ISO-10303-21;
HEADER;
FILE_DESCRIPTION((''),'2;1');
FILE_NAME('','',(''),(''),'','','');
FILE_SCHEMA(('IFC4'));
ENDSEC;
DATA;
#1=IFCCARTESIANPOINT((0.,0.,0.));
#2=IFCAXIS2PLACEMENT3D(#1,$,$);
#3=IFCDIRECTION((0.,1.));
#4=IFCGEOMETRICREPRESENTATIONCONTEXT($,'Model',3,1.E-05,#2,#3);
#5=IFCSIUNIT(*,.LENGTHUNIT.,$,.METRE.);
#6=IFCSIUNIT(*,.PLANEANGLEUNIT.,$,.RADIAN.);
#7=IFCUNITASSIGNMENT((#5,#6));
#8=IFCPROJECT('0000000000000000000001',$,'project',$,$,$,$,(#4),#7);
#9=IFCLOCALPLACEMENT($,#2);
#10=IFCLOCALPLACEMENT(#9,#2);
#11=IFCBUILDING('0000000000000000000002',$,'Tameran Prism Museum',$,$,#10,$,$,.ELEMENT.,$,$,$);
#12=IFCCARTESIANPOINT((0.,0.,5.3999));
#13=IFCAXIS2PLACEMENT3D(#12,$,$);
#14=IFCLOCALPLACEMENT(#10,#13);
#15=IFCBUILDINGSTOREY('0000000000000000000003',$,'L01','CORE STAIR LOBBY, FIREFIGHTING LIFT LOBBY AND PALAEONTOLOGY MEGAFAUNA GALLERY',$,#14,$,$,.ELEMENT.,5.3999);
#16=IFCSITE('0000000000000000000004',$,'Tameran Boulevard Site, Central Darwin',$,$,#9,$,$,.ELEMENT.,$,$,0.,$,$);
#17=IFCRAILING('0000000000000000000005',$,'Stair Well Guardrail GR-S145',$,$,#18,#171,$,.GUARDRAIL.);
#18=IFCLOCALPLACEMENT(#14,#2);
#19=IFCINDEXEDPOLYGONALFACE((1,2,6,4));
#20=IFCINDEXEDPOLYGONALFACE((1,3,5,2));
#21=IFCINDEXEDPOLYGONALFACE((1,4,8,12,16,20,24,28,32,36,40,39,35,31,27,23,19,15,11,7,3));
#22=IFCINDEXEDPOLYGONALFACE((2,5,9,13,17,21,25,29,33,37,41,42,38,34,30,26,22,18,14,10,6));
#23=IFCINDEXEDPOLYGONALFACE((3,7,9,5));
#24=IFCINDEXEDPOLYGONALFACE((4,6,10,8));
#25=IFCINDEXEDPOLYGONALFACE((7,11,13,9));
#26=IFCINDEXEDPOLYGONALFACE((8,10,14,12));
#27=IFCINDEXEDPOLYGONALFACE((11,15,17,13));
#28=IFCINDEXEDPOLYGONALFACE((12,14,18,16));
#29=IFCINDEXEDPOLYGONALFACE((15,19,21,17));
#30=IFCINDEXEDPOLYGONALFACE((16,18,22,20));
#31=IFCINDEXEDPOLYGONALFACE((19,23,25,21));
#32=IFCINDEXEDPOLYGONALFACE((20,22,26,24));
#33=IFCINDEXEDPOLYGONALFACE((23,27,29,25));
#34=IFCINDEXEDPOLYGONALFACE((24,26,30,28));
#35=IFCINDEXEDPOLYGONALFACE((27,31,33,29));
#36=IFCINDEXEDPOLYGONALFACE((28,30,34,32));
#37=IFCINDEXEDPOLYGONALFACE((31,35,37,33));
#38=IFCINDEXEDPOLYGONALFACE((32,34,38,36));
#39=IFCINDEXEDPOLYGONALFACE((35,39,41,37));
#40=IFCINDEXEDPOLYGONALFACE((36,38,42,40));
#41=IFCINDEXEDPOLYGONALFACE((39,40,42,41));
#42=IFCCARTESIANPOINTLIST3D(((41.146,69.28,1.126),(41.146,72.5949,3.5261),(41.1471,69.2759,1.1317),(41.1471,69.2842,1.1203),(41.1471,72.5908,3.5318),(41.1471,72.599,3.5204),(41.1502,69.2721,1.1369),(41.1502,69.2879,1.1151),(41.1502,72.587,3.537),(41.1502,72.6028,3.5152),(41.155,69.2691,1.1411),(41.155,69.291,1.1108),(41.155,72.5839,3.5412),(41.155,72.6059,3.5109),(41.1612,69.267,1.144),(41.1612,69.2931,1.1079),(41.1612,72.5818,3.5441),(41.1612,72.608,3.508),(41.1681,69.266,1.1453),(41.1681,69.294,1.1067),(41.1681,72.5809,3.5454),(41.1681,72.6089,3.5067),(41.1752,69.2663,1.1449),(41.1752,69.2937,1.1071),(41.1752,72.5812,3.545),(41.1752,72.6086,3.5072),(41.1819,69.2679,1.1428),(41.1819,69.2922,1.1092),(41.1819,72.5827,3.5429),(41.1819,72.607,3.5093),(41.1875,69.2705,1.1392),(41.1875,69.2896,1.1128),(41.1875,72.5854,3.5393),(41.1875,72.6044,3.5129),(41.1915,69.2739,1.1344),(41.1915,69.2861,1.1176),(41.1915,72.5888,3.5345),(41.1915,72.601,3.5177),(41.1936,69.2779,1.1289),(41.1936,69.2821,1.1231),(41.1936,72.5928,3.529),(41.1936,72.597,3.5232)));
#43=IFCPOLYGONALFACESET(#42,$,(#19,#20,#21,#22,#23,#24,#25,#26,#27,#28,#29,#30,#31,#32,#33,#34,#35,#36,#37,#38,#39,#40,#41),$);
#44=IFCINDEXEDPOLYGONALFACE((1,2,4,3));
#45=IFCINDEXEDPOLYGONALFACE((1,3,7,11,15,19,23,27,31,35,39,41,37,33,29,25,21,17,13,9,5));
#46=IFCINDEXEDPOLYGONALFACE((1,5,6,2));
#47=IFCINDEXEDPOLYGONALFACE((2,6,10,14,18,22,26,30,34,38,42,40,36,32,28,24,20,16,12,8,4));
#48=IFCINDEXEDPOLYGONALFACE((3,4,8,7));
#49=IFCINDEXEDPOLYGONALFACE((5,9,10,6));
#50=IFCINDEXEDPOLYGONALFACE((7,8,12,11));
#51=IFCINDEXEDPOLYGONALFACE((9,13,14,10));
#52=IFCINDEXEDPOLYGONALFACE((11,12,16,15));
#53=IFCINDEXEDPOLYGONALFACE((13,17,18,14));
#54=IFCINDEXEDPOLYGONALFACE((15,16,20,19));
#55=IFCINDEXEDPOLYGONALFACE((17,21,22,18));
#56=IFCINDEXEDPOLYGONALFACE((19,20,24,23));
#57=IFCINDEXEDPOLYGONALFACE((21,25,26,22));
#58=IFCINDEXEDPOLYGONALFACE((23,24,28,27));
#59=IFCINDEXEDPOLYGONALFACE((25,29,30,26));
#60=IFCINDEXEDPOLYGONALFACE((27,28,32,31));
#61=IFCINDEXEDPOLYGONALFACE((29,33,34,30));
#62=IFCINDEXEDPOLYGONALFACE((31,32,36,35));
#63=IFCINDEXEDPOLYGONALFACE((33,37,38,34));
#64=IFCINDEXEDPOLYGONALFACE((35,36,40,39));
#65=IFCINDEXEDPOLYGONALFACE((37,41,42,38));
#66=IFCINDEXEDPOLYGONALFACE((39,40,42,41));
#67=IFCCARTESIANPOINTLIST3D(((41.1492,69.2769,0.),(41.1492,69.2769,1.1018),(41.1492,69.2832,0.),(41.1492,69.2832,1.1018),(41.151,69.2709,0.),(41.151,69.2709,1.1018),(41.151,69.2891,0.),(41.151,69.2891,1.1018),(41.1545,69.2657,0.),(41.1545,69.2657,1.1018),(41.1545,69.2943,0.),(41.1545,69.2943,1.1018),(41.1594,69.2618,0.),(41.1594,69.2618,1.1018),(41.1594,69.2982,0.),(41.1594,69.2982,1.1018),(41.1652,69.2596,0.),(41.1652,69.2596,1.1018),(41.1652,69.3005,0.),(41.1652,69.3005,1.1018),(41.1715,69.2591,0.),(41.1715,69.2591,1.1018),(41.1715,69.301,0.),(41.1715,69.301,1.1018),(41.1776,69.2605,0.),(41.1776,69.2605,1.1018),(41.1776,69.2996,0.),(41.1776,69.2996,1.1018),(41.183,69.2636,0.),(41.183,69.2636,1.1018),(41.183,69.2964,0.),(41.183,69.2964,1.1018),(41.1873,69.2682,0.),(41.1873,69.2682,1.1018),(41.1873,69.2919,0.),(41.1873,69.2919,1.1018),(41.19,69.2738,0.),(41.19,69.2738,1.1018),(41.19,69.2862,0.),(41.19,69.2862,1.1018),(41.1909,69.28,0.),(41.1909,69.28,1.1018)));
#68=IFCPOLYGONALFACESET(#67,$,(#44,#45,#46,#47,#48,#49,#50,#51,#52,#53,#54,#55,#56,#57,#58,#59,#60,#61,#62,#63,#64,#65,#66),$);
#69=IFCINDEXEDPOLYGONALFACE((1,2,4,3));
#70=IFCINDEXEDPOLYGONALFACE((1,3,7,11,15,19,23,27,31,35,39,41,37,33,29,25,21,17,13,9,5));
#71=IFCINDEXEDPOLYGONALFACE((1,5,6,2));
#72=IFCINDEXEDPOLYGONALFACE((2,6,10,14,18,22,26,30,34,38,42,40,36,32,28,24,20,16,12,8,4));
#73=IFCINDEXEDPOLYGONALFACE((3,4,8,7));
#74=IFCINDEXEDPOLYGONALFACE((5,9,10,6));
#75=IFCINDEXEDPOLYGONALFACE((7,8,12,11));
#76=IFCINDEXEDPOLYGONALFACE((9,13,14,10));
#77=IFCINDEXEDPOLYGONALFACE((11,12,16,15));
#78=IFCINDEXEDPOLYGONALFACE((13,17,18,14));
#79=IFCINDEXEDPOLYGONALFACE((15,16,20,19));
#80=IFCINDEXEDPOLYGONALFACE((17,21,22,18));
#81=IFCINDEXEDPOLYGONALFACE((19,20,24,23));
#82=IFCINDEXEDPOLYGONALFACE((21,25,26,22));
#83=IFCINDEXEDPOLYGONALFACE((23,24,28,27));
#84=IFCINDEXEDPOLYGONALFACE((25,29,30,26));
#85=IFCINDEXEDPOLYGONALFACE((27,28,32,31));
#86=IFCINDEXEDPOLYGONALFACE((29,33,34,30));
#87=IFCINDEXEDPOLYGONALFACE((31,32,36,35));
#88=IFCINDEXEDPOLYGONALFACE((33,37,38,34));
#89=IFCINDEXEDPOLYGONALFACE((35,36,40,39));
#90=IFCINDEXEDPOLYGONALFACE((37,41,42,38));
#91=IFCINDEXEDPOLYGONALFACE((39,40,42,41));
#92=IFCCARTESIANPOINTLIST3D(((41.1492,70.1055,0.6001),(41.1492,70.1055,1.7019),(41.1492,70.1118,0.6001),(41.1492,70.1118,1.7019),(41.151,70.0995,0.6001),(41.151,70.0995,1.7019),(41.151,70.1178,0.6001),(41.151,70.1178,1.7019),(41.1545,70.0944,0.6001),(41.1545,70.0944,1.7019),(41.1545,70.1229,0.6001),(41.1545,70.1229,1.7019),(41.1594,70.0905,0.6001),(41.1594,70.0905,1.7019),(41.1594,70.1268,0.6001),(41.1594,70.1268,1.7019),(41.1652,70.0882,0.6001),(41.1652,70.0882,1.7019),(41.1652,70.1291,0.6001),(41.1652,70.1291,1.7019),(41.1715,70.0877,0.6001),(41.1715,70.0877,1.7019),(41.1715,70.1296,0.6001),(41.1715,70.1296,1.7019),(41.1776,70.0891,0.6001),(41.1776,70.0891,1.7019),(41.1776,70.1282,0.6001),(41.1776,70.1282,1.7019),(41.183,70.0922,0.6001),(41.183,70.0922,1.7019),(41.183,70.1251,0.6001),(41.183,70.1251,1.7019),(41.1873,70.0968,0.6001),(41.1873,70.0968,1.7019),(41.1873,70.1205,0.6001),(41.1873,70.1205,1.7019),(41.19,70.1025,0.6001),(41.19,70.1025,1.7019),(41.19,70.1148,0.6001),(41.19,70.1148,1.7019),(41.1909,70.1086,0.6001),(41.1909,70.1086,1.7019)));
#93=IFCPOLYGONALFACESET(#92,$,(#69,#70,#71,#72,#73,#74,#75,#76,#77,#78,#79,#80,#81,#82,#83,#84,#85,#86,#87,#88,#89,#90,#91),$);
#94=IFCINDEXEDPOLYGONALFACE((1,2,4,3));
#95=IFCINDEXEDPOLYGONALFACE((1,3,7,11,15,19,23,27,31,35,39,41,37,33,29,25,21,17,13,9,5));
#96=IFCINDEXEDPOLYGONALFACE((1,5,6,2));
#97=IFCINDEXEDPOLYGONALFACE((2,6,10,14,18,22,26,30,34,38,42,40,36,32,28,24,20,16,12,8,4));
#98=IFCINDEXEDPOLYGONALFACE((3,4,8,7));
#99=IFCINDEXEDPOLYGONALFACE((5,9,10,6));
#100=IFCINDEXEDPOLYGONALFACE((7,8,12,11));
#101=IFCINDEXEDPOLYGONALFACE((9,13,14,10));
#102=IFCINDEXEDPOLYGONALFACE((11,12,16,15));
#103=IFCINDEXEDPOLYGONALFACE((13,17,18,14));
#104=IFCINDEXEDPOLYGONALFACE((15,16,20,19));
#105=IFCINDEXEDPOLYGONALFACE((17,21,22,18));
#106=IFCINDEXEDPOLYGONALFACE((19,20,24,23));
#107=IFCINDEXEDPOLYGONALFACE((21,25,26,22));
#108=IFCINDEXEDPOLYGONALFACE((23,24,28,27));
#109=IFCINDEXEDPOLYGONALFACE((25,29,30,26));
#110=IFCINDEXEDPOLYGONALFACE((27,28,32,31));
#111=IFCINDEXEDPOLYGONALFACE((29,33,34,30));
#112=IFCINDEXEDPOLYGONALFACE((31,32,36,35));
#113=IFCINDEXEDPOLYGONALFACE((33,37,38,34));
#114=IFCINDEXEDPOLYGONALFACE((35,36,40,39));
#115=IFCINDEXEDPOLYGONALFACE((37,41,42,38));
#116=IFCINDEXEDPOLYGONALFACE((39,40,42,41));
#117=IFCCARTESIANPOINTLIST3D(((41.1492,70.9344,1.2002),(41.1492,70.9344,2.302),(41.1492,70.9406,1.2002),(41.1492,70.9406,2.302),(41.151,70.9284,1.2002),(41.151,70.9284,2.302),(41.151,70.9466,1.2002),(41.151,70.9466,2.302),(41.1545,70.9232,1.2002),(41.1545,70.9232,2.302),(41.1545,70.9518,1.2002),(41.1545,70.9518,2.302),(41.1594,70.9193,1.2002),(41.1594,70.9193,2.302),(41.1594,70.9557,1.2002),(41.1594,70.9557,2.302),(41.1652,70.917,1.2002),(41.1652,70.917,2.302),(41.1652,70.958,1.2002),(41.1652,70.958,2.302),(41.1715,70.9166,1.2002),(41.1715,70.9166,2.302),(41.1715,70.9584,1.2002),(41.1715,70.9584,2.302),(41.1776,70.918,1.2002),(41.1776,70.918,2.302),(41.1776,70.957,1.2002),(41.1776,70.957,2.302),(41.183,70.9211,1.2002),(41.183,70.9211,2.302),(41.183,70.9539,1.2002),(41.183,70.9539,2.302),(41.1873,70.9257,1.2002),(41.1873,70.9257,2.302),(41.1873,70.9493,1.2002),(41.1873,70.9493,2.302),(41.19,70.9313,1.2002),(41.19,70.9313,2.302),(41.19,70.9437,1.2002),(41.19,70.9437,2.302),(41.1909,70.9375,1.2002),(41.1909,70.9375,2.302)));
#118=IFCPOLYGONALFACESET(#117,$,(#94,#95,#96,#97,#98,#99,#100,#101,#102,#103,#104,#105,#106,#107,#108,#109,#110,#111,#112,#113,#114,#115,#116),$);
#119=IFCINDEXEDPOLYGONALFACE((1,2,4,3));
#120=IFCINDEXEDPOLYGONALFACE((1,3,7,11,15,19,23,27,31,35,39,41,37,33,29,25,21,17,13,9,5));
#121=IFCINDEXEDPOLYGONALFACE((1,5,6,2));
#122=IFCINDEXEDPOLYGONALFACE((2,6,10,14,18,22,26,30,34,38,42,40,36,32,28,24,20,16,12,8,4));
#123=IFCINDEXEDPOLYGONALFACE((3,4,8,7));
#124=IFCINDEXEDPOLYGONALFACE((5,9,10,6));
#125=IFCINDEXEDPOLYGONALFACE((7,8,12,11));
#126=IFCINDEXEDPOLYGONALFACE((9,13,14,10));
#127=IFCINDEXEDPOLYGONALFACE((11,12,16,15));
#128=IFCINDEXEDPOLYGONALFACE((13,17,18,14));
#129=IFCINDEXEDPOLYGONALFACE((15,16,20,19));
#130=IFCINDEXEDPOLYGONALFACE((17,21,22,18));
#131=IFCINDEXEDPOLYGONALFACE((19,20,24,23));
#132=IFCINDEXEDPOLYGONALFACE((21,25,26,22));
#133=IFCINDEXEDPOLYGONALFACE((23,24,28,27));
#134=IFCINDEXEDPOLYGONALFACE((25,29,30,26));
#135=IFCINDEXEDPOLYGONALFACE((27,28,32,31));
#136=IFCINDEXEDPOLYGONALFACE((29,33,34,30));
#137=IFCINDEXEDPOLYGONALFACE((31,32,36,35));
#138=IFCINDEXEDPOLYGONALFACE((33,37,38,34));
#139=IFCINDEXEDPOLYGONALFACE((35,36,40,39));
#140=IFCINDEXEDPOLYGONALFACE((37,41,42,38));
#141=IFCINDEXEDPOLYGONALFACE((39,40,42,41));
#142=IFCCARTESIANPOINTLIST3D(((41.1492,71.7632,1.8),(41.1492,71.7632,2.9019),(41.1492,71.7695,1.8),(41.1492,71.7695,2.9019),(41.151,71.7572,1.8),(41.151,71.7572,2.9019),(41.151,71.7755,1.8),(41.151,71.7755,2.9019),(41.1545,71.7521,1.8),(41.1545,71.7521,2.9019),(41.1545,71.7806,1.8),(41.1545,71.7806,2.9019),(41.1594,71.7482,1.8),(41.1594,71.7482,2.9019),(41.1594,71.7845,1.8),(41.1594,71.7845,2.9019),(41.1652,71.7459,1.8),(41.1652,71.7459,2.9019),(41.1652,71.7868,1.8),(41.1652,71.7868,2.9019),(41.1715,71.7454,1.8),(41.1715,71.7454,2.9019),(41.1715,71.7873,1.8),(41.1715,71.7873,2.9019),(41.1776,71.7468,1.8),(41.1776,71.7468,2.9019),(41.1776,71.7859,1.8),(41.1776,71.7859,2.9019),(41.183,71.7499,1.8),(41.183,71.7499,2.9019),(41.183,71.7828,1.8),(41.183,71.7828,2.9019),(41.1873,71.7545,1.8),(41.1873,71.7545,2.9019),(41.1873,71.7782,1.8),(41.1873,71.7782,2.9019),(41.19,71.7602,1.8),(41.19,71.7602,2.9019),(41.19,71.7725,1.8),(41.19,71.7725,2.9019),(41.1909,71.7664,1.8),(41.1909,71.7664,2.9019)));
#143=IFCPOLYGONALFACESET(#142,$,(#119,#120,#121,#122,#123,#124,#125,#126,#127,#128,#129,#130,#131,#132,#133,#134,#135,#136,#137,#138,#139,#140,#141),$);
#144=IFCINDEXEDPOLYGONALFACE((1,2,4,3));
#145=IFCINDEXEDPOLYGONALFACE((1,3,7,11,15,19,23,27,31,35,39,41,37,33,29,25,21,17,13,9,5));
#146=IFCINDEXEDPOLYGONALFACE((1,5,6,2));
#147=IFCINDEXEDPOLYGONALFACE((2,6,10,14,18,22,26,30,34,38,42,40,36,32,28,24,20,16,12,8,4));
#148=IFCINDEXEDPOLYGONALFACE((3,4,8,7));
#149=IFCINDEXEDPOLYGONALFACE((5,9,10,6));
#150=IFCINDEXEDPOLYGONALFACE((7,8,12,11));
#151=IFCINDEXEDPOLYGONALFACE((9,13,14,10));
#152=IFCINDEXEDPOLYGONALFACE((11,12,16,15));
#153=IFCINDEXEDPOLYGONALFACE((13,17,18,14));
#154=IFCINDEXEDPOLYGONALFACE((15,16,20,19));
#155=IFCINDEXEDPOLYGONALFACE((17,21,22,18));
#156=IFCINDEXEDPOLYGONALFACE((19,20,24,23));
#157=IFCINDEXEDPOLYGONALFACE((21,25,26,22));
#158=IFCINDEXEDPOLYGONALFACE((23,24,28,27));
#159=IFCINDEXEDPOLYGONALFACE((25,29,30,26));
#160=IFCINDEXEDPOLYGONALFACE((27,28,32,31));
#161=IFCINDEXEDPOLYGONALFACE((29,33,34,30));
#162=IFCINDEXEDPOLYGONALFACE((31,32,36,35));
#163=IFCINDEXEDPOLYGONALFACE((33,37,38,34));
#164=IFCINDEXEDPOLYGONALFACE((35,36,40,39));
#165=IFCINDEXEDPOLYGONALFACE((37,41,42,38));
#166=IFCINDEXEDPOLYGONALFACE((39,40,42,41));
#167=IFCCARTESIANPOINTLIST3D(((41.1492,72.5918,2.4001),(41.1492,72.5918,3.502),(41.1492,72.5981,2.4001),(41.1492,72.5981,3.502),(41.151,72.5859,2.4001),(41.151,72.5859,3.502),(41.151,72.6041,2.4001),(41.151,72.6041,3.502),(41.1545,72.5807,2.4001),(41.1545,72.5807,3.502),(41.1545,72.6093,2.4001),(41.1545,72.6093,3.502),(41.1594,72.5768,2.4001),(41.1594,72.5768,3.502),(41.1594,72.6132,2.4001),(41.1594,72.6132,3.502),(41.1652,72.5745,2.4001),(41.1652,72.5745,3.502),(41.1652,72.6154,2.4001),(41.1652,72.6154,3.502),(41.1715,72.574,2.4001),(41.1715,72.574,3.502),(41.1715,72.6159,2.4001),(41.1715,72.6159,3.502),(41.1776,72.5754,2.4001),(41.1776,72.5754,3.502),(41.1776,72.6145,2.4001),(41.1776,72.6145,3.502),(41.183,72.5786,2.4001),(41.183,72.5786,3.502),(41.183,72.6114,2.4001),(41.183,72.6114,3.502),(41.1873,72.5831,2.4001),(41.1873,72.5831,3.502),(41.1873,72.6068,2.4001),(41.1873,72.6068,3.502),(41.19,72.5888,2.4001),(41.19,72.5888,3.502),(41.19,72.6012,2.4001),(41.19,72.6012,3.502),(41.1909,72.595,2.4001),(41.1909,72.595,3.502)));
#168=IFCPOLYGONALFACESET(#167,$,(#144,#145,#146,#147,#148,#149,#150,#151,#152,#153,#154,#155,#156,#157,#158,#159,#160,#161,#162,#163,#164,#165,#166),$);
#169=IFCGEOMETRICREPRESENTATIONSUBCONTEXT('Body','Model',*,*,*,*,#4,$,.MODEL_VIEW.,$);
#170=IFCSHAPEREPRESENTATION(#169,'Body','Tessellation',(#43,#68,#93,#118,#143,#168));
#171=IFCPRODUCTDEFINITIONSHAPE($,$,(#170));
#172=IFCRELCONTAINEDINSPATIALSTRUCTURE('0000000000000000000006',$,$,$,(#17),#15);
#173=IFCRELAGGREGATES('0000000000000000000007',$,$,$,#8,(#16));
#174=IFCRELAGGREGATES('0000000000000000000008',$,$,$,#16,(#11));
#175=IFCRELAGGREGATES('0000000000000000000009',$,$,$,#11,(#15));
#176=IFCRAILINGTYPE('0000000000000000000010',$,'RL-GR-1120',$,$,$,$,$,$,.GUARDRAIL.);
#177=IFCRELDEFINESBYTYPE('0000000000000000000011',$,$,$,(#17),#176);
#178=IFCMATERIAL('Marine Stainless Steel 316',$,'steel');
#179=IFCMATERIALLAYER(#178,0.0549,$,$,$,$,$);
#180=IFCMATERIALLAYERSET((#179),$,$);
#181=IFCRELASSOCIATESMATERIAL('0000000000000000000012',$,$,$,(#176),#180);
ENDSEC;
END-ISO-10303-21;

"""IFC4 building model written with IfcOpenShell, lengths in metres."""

from ifc_helpers import new_model, si_unit, direction, frame, origin, origin_2d, place, context, subcontext, project, spatial, circle, extrude, material, layer, layer_set, type_object, element, save


model = new_model("IFC4")

# Units and contexts
model_context = context("Model", 3, precision=1e-05, world=origin(), true_north=direction((0.0, 1.0)))
body_context = subcontext(model_context, "Body", "Model", "MODEL_VIEW")
ifc_project = project(units=[si_unit("LENGTHUNIT", "METRE"), si_unit("PLANEANGLEUNIT", "RADIAN")], contexts=[model_context])

# Site, building, storey
site_placement = place(None, origin())
site = spatial("IfcSite", under=ifc_project, at=site_placement, Name="Tameran Boulevard Site, Central Darwin", CompositionType="ELEMENT", RefElevation=0.0)
building_placement = place(site_placement, origin())
building = spatial("IfcBuilding", under=site, at=building_placement, Name="Tameran Prism Museum", CompositionType="ELEMENT")
storey_placement = place(building_placement, frame((0.0, 0.0, 5.3999)))
storey = spatial("IfcBuildingStorey", under=building, at=storey_placement, Name="L01", Description="CORE STAIR LOBBY, FIREFIGHTING LIFT LOBBY AND PALAEONTOLOGY MEGAFAUNA GALLERY", CompositionType="ELEMENT", Elevation=5.3999)

# Railing
ifc_material_1 = material(Name="Marine Stainless Steel 316", Category="steel")
ifc_layer_1 = layer(ifc_material_1, 0.0549)
ifc_layer_set_1 = layer_set([ifc_layer_1])
railing_type_1 = type_object("IfcRailingType", Name="RL-GR-1120", PredefinedType="GUARDRAIL", material=ifc_layer_set_1)
railing_1_placement = place(storey_placement, frame((41.1699, 69.28, 0.0)))
element("IfcRailing", 1, at=railing_1_placement, inside=storey, type_object=railing_type_1, Name="Stair Well Guardrail GR-S145", PredefinedType="GUARDRAIL", context=body_context, shape_type="SweptSolid", body=[
    extrude(circle(Radius=0.0239, at=origin_2d()), frame((0.0, 0.0, 1.126), z_axis=(0.0, 0.80998, 0.586457), x_axis=(-1.0, 0.0, 0.0)), (0.0, 0.0, 1.0), 4.0925),
    extrude(circle(Radius=0.021, at=origin_2d()), origin(), (0.0, 0.0, 1.0), 1.1018),
    extrude(circle(Radius=0.021, at=origin_2d()), frame((0.0, 0.8286, 0.6001)), (0.0, 0.0, 1.0), 1.1018),
    extrude(circle(Radius=0.021, at=origin_2d()), frame((0.0, 1.6575, 1.2002)), (0.0, 0.0, 1.0), 1.1018),
    extrude(circle(Radius=0.021, at=origin_2d()), frame((0.0, 2.4863, 1.8)), (0.0, 0.0, 1.0), 1.1018),
    extrude(circle(Radius=0.021, at=origin_2d()), frame((0.0, 3.3149, 2.4001)), (0.0, 0.0, 1.0), 1.1018),
])

save(model, "model.ifc")
